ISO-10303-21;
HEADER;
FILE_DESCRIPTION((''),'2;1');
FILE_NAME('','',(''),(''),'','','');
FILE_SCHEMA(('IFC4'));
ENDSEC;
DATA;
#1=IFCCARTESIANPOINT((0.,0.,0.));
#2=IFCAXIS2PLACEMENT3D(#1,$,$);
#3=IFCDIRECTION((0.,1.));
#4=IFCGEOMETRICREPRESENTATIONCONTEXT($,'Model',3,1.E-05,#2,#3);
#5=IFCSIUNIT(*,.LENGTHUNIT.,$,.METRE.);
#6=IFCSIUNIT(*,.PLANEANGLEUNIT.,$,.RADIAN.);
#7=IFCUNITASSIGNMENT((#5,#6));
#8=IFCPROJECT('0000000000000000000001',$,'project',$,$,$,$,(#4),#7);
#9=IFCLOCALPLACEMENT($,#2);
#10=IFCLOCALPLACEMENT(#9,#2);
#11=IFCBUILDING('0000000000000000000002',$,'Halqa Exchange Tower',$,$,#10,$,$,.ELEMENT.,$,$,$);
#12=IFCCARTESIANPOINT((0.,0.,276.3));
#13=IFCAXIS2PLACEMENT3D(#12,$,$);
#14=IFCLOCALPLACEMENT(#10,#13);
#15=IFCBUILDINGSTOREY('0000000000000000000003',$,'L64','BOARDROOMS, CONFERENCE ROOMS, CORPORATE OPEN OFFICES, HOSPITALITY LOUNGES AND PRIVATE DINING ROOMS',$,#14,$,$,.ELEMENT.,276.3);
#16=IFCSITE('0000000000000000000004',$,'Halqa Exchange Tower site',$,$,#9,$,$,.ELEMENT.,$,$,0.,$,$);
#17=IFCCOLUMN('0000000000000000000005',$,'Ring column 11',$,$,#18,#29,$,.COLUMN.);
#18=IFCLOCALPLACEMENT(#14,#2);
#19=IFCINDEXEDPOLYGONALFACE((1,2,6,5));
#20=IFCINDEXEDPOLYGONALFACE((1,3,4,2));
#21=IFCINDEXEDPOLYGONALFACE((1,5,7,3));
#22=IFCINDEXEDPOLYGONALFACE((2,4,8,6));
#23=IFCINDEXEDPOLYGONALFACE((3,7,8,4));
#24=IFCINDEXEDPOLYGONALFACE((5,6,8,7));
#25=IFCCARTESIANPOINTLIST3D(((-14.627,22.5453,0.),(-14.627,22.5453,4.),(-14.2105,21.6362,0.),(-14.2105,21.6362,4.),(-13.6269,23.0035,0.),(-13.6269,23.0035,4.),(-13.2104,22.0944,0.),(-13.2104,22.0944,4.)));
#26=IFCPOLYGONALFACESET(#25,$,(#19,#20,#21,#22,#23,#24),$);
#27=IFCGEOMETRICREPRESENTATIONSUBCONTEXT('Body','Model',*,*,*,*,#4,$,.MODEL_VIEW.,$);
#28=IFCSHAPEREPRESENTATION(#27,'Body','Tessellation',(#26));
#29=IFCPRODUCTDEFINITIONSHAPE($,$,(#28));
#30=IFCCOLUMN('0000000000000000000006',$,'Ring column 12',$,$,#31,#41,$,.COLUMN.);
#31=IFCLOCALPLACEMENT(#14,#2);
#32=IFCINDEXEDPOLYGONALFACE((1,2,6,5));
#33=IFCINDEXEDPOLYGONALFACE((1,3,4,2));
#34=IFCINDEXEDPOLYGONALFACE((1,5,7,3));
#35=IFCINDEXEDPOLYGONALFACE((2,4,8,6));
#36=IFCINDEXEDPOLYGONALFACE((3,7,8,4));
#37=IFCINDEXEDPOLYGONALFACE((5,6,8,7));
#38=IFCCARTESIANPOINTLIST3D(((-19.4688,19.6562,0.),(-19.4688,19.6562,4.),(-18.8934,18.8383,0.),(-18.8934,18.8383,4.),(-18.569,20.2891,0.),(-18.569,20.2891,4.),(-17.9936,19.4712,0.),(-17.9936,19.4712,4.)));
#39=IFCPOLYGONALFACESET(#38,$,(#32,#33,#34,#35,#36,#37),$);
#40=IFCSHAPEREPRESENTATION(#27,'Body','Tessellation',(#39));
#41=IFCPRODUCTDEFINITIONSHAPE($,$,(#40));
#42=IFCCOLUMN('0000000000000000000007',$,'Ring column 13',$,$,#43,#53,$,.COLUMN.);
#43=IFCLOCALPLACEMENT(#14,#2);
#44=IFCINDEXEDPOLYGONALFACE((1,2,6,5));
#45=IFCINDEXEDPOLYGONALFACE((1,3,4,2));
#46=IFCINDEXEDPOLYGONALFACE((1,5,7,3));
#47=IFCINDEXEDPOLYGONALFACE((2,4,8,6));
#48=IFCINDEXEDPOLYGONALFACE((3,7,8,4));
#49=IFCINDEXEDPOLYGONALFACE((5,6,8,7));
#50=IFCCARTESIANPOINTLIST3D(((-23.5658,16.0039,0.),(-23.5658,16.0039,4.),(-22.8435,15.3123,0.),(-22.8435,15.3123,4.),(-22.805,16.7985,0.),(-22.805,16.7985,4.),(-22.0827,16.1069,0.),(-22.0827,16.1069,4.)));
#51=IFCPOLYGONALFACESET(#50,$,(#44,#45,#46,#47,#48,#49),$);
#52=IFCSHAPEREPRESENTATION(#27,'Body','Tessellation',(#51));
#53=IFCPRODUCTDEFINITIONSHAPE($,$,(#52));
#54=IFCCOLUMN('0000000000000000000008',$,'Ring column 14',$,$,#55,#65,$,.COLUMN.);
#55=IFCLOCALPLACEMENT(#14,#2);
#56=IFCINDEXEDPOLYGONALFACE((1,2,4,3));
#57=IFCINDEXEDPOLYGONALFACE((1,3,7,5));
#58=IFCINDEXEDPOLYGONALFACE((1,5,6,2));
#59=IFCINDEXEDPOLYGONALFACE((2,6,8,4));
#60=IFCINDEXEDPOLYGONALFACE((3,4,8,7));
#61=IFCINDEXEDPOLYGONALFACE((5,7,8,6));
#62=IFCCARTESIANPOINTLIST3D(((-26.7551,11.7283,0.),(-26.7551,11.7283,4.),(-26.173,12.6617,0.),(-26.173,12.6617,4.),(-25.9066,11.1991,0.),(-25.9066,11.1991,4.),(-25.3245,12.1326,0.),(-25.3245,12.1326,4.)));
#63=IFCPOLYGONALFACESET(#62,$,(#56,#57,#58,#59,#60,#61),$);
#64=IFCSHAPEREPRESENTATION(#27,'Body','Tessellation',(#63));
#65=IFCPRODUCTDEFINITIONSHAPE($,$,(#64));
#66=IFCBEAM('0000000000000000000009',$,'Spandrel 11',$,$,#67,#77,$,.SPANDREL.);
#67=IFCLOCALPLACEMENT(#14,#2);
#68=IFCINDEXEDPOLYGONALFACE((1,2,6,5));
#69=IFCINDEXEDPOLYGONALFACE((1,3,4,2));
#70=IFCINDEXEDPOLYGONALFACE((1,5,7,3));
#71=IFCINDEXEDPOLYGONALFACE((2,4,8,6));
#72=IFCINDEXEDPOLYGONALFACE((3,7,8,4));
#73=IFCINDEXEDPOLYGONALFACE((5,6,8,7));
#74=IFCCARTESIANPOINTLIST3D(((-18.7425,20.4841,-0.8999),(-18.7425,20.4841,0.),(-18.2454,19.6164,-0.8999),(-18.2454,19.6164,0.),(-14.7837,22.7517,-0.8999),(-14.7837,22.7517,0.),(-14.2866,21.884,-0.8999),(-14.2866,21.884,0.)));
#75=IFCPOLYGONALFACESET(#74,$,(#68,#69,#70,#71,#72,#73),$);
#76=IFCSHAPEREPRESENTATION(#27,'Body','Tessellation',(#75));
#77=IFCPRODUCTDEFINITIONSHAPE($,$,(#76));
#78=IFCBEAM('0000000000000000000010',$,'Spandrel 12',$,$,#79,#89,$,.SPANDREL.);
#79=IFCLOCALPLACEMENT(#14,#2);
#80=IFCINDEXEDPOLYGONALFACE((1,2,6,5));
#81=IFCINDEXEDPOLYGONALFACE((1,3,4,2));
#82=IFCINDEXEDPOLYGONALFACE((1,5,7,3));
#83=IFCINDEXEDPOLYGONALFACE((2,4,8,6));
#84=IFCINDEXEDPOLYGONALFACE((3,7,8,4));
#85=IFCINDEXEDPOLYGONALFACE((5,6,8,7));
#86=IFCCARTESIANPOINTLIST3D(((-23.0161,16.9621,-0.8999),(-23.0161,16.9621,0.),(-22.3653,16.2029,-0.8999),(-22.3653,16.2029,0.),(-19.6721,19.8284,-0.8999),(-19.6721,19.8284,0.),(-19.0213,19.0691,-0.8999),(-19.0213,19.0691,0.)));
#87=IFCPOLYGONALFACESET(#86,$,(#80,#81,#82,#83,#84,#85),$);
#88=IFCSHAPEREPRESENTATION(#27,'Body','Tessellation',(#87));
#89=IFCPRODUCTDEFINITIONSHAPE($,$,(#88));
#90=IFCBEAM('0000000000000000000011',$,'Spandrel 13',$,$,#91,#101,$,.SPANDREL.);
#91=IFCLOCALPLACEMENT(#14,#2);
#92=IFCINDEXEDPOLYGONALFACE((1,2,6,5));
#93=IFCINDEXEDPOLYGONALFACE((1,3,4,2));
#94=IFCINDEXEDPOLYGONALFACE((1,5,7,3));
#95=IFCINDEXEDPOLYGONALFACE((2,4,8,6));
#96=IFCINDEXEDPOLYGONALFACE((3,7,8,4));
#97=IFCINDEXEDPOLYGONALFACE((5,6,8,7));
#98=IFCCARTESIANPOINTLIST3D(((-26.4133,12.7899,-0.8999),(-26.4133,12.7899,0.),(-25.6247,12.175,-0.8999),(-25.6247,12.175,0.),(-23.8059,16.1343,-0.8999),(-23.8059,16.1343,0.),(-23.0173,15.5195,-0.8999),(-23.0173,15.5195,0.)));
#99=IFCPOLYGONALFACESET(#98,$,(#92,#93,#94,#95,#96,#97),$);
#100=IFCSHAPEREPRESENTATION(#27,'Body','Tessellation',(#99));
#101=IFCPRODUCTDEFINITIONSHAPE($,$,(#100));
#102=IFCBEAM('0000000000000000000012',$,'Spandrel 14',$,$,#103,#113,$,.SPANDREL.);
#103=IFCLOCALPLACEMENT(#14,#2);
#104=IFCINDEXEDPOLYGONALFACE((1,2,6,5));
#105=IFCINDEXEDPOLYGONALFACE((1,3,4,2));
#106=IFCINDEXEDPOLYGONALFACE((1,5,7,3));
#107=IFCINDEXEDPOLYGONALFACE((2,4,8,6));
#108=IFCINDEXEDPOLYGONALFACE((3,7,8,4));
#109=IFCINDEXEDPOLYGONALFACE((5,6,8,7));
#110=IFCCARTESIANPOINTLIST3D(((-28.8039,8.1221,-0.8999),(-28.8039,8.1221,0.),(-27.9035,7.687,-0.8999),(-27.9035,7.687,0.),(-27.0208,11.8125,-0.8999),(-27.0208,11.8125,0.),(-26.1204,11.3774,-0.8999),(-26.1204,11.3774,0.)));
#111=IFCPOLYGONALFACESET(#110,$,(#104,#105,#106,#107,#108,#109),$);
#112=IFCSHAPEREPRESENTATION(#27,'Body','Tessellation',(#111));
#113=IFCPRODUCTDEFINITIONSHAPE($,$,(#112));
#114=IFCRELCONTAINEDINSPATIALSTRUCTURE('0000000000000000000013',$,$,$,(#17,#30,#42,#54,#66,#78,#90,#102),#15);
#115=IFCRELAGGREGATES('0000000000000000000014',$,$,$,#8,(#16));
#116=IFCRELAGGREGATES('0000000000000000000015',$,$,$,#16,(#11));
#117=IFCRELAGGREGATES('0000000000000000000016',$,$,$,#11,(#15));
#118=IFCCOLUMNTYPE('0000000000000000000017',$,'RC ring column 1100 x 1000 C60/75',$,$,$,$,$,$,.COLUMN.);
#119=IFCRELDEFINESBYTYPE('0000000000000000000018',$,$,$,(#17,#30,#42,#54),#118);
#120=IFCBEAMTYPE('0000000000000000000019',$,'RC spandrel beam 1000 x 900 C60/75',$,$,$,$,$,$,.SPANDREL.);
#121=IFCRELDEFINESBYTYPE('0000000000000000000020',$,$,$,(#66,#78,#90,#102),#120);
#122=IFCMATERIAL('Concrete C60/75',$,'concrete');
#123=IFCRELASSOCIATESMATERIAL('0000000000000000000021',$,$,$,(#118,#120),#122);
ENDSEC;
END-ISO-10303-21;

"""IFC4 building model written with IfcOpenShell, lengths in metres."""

from ifc_helpers import new_model, si_unit, direction, frame, origin, origin_2d, place, context, subcontext, project, spatial, rectangle, extrude, material, material_profile, profile_set, type_object, element, save


model = new_model("IFC4")

# Units and contexts
model_context = context("Model", 3, precision=1e-05, world=origin(), true_north=direction((0.0, 1.0)))
body_context = subcontext(model_context, "Body", "Model", "MODEL_VIEW")
ifc_project = project(units=[si_unit("LENGTHUNIT", "METRE"), si_unit("PLANEANGLEUNIT", "RADIAN")], contexts=[model_context])

# Site, building, storey
site_placement = place(None, origin())
site = spatial("IfcSite", under=ifc_project, at=site_placement, Name="Halqa Exchange Tower site", CompositionType="ELEMENT", RefElevation=0.0)
building_placement = place(site_placement, origin())
building = spatial("IfcBuilding", under=site, at=building_placement, Name="Halqa Exchange Tower", CompositionType="ELEMENT")
storey_placement = place(building_placement, frame((0.0, 0.0, 276.3)))
storey = spatial("IfcBuildingStorey", under=building, at=storey_placement, Name="L64", Description="BOARDROOMS, CONFERENCE ROOMS, CORPORATE OPEN OFFICES, HOSPITALITY LOUNGES AND PRIVATE DINING ROOMS", CompositionType="ELEMENT", Elevation=276.3)

# Columns
ifc_material_1 = material(Name="Concrete C60/75", Category="concrete")
ifc_material_profile_1 = material_profile(ifc_material_1, rectangle(XDim=1.1001, YDim=1.0, at=origin_2d()), Name="1100 x 1000")
ifc_profile_set_1 = profile_set([ifc_material_profile_1], Name="Concrete C60/75")
column_type = type_object("IfcColumnType", Name="RC ring column 1100 x 1000 C60/75", PredefinedType="COLUMN", material=ifc_profile_set_1)
for number, where, z_axis, x_axis, name in (
    (1, (-13.9187, 22.3198, 0.0), (0.0, 0.0, 1.0), (-0.909129, -0.416514, 0.0), "Ring column 11"),
    (2, (-18.7312, 19.5637, 0.0), (0.0, 0.0, 1.0), (-0.817907, -0.575351, 0.0), "Ring column 12"),
    (3, (-22.8242, 16.0554, 0.0), (0.0, 0.0, 1.0), (-0.691577, -0.722302, 0.0), "Ring column 13"),
    (4, (-26.0398, 11.9304, 0.0), (0.0, 0.0, 1.0), (-0.529143, -0.848532, 0.0), "Ring column 14"),
):
    element("IfcColumn", number, at=place(storey_placement, frame(where, z_axis=z_axis, x_axis=x_axis)), inside=storey, type_object=column_type, Name=name, PredefinedType="COLUMN", context=body_context, shape_type="SweptSolid", body=[
        extrude(rectangle(XDim=1.1001, YDim=1.0, at=origin_2d()), origin(), (0.0, 0.0, 1.0), 4.0),
    ])

# Beams
ifc_material_profile_2 = material_profile(ifc_material_1, rectangle(XDim=1.0, YDim=0.8999, at=origin_2d()), Name="1000 x 900")
ifc_profile_set_2 = profile_set([ifc_material_profile_2], Name="Concrete C60/75")
beam_type = type_object("IfcBeamType", Name="RC spandrel beam 1000 x 900 C60/75", PredefinedType="SPANDREL", material=ifc_profile_set_2)
beam_1_placement = place(storey_placement, frame((-14.5352, 22.3179, -0.45), z_axis=(-0.867729, -0.497038, 0.0), x_axis=(0.497038, -0.867729, 0.0)))
element("IfcBeam", 5, at=beam_1_placement, inside=storey, type_object=beam_type, Name="Spandrel 11", PredefinedType="SPANDREL", context=body_context, shape_type="SweptSolid", body=[
    extrude(rectangle(XDim=1.0, YDim=0.8999, at=origin_2d()), origin(), (0.0, 0.0, 1.0), 4.5623),
])
beam_2_placement = place(storey_placement, frame((-19.3467, 19.4487, -0.45), z_axis=(-0.759264, -0.650782, 0.0), x_axis=(0.650782, -0.759264, 0.0)))
element("IfcBeam", 6, at=beam_2_placement, inside=storey, type_object=beam_type, Name="Spandrel 12", PredefinedType="SPANDREL", context=body_context, shape_type="SweptSolid", body=[
    extrude(rectangle(XDim=1.0, YDim=0.8999, at=origin_2d()), origin(), (0.0, 0.0, 1.0), 4.4043),
])
beam_3_placement = place(storey_placement, frame((-23.4116, 15.8269, -0.45), z_axis=(-0.614845, -0.788648, 0.0), x_axis=(0.788648, -0.614845, 0.0)))
element("IfcBeam", 7, at=beam_3_placement, inside=storey, type_object=beam_type, Name="Spandrel 13", PredefinedType="SPANDREL", context=body_context, shape_type="SweptSolid", body=[
    extrude(rectangle(XDim=1.0, YDim=0.8999, at=origin_2d()), origin(), (0.0, 0.0, 1.0), 4.2407),
])
beam_4_placement = place(storey_placement, frame((-26.5706, 11.595, -0.45), z_axis=(-0.435069, -0.900397, 0.0), x_axis=(0.900397, -0.435069, 0.0)))
element("IfcBeam", 8, at=beam_4_placement, inside=storey, type_object=beam_type, Name="Spandrel 14", PredefinedType="SPANDREL", context=body_context, shape_type="SweptSolid", body=[
    extrude(rectangle(XDim=1.0, YDim=0.8999, at=origin_2d()), origin(), (0.0, 0.0, 1.0), 4.0986),
])

save(model, "model.ifc")
